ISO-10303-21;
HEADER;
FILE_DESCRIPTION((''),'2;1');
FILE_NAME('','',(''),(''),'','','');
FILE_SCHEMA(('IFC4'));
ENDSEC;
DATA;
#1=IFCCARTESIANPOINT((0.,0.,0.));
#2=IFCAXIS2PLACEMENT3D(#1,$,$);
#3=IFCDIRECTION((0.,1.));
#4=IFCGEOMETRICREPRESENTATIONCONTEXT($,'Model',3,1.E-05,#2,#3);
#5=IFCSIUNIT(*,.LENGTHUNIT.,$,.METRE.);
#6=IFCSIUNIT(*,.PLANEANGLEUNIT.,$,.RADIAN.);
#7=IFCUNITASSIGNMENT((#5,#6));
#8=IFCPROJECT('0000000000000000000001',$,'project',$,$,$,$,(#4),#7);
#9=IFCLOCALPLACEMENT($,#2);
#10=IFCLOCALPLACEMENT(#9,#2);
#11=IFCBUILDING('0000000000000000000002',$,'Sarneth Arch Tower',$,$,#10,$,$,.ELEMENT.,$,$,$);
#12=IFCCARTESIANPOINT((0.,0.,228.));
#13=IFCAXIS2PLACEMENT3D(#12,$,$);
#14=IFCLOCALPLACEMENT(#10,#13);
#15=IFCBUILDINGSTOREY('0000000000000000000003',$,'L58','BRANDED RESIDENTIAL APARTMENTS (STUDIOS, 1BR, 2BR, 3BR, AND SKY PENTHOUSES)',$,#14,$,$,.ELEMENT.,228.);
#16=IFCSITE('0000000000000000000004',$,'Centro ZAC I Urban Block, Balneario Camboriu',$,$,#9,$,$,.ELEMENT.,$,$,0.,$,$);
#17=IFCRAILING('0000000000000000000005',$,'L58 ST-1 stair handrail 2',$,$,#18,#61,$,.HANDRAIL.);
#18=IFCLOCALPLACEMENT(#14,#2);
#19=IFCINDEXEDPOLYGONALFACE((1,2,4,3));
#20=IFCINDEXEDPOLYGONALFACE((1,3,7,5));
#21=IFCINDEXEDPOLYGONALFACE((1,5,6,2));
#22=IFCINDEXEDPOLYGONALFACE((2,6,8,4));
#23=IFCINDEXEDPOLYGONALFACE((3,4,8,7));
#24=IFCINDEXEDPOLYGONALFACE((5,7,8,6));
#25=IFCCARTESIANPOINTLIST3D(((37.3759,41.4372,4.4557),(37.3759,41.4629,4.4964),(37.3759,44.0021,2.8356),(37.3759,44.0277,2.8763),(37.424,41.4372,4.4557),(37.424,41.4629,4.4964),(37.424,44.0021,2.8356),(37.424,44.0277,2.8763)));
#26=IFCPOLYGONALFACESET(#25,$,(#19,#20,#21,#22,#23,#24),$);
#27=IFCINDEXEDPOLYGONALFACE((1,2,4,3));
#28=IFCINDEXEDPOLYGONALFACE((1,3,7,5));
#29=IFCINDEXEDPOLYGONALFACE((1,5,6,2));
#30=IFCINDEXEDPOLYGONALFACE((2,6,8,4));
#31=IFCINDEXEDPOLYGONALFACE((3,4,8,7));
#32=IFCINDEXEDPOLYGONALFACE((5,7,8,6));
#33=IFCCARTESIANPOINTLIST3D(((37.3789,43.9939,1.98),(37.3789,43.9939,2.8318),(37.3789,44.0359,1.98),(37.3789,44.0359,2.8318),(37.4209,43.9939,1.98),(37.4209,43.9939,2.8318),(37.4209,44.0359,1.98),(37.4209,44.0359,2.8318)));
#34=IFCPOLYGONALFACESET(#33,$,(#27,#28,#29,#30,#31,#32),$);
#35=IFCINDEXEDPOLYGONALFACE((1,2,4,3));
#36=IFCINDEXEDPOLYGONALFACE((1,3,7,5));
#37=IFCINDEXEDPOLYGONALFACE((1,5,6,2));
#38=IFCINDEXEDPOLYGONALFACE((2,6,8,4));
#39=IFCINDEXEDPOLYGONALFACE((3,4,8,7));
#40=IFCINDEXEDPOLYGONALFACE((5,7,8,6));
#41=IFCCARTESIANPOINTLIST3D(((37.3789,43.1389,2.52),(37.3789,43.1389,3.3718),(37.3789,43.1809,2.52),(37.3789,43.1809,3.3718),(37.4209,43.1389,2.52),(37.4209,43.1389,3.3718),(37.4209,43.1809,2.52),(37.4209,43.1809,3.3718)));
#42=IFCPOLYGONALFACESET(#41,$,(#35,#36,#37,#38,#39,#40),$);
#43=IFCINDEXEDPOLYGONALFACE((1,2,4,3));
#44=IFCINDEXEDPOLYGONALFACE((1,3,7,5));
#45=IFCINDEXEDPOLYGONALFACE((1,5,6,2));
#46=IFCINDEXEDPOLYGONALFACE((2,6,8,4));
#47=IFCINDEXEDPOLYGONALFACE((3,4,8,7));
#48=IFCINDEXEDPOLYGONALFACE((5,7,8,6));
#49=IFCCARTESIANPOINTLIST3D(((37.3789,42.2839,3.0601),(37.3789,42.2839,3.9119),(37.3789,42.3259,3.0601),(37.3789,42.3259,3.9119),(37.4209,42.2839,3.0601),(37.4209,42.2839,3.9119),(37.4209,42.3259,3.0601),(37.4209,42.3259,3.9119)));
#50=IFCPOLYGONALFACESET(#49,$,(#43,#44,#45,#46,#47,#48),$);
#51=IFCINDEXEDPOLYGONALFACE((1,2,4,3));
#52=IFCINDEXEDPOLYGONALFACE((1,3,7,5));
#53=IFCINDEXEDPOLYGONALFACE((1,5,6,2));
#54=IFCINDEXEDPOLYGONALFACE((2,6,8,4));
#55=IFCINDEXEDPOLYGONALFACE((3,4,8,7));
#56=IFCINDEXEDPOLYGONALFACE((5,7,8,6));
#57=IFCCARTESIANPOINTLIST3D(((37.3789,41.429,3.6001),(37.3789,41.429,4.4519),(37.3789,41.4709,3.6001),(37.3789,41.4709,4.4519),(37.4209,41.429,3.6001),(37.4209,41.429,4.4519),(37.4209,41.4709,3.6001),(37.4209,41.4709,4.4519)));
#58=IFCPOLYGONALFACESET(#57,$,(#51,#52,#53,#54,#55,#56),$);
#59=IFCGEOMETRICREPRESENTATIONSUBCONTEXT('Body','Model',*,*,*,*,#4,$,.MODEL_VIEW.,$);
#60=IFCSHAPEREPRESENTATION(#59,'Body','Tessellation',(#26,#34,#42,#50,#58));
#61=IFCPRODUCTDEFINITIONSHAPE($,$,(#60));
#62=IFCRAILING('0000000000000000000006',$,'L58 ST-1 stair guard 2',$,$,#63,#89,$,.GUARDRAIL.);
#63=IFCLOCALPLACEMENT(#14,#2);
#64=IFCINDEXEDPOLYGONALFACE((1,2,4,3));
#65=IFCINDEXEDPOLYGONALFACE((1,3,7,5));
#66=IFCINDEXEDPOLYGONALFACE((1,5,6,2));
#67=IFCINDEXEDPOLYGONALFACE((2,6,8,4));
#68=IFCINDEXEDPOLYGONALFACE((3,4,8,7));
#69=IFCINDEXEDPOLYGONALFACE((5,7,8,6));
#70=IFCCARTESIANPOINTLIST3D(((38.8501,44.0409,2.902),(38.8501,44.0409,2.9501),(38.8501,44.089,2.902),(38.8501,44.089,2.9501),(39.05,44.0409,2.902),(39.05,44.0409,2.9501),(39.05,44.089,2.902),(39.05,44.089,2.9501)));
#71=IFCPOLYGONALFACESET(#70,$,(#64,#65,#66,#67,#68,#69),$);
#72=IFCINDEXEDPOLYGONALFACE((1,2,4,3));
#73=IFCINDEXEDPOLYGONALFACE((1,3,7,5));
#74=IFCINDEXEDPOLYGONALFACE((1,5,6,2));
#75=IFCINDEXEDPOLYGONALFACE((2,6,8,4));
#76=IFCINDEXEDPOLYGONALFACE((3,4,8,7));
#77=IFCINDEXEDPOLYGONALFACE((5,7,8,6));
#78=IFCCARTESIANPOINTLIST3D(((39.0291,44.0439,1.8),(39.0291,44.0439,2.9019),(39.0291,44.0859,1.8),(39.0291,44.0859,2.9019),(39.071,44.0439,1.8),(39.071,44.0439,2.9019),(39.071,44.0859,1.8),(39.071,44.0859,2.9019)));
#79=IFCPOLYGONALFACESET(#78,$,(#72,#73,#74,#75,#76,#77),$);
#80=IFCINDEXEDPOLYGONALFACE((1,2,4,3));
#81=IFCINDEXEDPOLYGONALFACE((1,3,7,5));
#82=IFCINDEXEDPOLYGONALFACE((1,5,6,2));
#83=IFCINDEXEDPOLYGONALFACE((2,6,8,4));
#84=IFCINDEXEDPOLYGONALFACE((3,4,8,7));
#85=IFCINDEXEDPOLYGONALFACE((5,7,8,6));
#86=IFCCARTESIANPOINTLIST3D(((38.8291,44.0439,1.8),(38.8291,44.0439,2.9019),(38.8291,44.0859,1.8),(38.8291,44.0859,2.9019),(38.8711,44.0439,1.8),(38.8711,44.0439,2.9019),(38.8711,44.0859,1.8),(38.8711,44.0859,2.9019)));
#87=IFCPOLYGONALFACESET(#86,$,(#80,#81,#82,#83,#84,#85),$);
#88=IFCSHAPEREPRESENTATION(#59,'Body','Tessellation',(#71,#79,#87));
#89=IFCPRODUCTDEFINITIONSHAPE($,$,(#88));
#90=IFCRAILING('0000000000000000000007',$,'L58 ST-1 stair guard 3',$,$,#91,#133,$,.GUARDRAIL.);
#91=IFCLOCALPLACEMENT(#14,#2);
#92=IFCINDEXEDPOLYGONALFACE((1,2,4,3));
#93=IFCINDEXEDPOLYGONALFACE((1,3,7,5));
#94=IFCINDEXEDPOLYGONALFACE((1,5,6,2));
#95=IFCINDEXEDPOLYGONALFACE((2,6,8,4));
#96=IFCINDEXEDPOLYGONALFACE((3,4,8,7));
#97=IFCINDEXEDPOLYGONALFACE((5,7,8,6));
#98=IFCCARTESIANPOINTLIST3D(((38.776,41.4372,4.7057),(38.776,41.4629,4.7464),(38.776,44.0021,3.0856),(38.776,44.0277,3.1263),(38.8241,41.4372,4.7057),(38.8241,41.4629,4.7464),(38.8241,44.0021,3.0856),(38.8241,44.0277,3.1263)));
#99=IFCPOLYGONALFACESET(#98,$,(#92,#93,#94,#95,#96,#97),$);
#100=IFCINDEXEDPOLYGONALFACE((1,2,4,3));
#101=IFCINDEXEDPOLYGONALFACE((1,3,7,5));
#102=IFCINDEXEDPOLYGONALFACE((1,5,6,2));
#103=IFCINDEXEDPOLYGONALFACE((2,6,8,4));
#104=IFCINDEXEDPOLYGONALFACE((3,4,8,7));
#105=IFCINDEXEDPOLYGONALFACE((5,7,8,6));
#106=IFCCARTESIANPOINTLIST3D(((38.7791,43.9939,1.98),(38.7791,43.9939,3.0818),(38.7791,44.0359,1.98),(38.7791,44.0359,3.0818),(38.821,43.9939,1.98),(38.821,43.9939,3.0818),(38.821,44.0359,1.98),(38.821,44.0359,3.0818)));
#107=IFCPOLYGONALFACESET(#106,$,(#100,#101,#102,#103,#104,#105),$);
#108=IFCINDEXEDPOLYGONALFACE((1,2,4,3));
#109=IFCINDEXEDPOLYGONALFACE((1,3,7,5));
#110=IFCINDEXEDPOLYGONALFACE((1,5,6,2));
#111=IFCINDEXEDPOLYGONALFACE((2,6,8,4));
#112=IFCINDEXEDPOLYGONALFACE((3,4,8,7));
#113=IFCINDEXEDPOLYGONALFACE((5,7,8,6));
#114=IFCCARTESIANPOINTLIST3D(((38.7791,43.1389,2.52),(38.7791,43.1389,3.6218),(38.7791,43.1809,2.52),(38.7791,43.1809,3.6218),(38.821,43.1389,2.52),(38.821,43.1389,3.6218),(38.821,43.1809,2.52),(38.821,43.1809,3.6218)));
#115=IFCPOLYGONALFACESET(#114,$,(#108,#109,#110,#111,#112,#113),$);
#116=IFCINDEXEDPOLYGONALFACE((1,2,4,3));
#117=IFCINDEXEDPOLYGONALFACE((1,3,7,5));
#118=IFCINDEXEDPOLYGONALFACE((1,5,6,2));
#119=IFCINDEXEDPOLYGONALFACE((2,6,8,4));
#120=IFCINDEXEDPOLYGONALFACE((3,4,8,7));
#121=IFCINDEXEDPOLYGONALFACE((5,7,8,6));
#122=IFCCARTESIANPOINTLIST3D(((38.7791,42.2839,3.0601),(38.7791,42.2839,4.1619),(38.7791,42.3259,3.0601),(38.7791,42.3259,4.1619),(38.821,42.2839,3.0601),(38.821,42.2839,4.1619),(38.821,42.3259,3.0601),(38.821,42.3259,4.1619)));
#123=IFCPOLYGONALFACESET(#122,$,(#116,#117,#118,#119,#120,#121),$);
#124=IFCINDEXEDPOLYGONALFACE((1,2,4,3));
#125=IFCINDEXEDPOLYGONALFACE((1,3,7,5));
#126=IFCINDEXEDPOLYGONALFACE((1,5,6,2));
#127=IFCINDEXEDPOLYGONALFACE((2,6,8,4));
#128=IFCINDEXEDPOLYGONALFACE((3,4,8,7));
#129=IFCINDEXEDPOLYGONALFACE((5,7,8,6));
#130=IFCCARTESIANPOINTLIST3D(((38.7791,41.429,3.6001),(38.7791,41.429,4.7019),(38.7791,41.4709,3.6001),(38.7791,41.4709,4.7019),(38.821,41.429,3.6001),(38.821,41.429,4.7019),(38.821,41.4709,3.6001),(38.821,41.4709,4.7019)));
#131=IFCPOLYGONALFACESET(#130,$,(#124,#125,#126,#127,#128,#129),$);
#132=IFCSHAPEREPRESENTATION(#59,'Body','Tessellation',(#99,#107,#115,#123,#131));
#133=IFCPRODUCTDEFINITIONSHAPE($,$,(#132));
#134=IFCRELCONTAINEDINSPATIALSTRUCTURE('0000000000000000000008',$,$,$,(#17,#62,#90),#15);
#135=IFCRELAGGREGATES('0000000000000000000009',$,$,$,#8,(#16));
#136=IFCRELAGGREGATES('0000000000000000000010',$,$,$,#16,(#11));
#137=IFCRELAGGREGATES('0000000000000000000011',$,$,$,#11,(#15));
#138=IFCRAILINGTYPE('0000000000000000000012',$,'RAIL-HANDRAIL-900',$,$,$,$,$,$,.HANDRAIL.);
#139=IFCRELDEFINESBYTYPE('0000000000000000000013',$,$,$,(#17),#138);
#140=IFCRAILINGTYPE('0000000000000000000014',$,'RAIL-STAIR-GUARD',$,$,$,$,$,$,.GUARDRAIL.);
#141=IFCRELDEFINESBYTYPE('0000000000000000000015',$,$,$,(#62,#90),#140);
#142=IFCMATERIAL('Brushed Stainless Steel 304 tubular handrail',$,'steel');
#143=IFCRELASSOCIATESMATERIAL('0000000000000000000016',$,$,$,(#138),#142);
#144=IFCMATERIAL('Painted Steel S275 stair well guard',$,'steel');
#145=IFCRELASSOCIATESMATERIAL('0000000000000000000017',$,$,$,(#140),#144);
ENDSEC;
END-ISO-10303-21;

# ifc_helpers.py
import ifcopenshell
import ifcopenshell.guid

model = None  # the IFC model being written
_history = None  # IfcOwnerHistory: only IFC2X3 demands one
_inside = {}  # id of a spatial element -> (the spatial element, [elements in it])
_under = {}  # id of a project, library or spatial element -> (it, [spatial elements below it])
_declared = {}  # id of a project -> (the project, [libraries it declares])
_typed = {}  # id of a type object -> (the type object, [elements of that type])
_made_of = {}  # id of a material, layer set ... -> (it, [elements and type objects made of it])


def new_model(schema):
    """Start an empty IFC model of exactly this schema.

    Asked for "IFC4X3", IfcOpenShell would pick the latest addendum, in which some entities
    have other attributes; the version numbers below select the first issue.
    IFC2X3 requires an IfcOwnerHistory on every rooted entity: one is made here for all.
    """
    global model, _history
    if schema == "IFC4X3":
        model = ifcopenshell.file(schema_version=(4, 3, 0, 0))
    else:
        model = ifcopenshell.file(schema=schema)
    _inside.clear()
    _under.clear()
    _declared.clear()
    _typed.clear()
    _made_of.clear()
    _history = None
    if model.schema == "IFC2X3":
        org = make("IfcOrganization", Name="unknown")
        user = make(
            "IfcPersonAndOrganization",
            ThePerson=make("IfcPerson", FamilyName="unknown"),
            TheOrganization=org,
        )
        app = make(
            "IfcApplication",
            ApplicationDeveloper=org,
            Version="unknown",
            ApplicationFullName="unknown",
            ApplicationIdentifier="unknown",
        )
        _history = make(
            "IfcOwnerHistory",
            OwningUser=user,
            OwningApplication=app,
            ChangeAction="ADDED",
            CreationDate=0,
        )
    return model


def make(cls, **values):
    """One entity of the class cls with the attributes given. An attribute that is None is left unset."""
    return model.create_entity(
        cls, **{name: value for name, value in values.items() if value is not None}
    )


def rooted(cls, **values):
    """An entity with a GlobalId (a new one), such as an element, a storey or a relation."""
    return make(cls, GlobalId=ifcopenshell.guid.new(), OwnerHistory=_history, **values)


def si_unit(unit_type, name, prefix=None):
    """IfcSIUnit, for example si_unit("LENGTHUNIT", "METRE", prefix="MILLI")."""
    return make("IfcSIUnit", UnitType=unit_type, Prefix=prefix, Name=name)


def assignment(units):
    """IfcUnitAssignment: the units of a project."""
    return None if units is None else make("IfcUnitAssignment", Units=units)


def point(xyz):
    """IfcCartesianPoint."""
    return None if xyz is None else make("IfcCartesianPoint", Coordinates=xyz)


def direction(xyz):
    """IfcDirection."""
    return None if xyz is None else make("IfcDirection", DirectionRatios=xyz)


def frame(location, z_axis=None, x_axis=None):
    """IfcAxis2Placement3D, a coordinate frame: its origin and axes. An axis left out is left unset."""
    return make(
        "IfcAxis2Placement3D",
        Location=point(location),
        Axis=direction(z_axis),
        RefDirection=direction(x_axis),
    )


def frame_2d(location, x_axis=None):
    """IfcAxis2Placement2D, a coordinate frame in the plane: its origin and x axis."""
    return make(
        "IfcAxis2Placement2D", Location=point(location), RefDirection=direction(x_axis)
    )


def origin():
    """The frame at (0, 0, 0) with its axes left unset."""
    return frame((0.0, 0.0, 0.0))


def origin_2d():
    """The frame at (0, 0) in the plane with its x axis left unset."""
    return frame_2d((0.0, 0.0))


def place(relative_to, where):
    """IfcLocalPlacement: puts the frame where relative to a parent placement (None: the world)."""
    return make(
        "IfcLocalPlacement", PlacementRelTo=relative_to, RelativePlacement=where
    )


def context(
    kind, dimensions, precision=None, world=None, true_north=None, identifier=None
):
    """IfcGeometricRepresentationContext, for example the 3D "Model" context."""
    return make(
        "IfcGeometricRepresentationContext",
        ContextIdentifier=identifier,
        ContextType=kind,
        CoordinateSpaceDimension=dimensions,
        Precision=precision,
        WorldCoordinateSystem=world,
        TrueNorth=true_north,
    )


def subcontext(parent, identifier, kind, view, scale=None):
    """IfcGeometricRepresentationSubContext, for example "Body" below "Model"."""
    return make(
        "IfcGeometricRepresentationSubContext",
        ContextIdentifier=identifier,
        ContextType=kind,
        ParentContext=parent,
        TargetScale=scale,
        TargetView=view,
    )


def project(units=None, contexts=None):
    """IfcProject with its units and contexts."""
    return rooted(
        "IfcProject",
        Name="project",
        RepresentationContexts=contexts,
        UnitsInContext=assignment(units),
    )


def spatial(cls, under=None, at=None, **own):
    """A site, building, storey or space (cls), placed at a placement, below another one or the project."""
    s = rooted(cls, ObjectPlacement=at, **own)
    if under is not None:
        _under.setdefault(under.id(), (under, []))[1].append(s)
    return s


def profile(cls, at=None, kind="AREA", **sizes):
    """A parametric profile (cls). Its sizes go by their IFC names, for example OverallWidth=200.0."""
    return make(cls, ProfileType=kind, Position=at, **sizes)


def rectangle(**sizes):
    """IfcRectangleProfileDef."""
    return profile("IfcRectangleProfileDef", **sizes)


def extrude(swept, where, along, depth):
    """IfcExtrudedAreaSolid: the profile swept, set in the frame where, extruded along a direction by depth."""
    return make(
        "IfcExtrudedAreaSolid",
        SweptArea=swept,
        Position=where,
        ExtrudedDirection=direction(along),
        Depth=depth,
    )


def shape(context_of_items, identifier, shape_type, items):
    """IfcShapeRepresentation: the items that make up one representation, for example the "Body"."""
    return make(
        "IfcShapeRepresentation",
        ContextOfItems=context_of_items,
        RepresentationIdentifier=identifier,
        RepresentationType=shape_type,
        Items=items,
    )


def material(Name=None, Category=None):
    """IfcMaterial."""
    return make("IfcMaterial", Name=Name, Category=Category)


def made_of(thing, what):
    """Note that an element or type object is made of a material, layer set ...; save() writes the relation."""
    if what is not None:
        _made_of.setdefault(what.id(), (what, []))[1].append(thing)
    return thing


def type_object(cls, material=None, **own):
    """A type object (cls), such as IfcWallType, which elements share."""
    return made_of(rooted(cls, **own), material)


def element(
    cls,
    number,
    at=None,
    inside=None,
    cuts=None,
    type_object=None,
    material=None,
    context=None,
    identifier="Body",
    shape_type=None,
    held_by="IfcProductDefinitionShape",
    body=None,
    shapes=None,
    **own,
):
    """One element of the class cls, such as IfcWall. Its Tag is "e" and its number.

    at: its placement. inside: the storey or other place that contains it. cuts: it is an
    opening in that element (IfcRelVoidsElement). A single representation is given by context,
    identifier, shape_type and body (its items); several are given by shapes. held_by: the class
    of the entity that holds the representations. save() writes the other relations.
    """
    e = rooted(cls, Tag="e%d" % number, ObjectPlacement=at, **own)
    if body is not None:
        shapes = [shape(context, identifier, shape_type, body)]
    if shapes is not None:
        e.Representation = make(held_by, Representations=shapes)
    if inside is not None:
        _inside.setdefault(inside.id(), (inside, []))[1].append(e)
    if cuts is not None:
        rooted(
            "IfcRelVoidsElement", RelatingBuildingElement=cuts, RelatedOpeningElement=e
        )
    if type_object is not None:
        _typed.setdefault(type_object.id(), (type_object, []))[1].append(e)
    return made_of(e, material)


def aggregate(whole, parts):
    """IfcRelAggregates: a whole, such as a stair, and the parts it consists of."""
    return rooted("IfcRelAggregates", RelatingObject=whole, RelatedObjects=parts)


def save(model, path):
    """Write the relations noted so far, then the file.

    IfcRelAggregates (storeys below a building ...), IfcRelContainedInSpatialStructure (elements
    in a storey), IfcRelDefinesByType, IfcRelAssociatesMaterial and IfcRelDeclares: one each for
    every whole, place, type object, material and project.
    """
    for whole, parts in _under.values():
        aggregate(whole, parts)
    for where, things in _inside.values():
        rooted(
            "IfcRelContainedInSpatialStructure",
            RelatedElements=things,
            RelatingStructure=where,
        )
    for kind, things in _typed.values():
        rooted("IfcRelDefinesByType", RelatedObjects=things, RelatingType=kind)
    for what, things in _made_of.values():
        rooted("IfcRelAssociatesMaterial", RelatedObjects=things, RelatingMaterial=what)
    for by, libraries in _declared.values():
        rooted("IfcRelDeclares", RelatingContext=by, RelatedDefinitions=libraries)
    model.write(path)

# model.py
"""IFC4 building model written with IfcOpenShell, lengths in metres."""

from ifc_helpers import new_model, si_unit, direction, frame, origin, origin_2d, place, context, subcontext, project, spatial, rectangle, extrude, material, type_object, element, save


model = new_model("IFC4")

# Units and contexts
model_context = context("Model", 3, precision=1e-05, world=origin(), true_north=direction((0.0, 1.0)))
body_context = subcontext(model_context, "Body", "Model", "MODEL_VIEW")
ifc_project = project(units=[si_unit("LENGTHUNIT", "METRE"), si_unit("PLANEANGLEUNIT", "RADIAN")], contexts=[model_context])

# Site, building, storey
site_placement = place(None, origin())
site = spatial("IfcSite", under=ifc_project, at=site_placement, Name="Centro ZAC I Urban Block, Balneario Camboriu", CompositionType="ELEMENT", RefElevation=0.0)
building_placement = place(site_placement, origin())
building = spatial("IfcBuilding", under=site, at=building_placement, Name="Sarneth Arch Tower", CompositionType="ELEMENT")
storey_placement = place(building_placement, frame((0.0, 0.0, 228.0)))
storey = spatial("IfcBuildingStorey", under=building, at=storey_placement, Name="L58", Description="BRANDED RESIDENTIAL APARTMENTS (STUDIOS, 1BR, 2BR, 3BR, AND SKY PENTHOUSES)", CompositionType="ELEMENT", Elevation=228.0)

# Railings
ifc_material_1 = material(Name="Brushed Stainless Steel 304 tubular handrail", Category="steel")
railing_type_1 = type_object("IfcRailingType", Name="RAIL-HANDRAIL-900", PredefinedType="HANDRAIL", material=ifc_material_1)
railing_1_placement = place(storey_placement, frame((37.3999, 44.0149, 1.98)))
element("IfcRailing", 1, at=railing_1_placement, inside=storey, type_object=railing_type_1, Name="L58 ST-1 stair handrail 2", PredefinedType="HANDRAIL", context=body_context, shape_type="SweptSolid", body=[
    extrude(rectangle(XDim=0.0481, YDim=0.0481, at=origin_2d()), frame((0.0, 0.0, 0.876), z_axis=(0.0, -0.845466, 0.534029), x_axis=(1.0, 0.0, 0.0)), (0.0, 0.0, 1.0), 3.0337),
    extrude(rectangle(XDim=0.042, YDim=0.042, at=origin_2d()), origin(), (0.0, 0.0, 1.0), 0.8518),
    extrude(rectangle(XDim=0.042, YDim=0.042, at=origin_2d()), frame((0.0, -0.855, 0.54)), (0.0, 0.0, 1.0), 0.8518),
    extrude(rectangle(XDim=0.042, YDim=0.042, at=origin_2d()), frame((0.0, -1.71, 1.0801)), (0.0, 0.0, 1.0), 0.8518),
    extrude(rectangle(XDim=0.042, YDim=0.042, at=origin_2d()), frame((0.0, -2.5649, 1.6201)), (0.0, 0.0, 1.0), 0.8518),
])
ifc_material_2 = material(Name="Painted Steel S275 stair well guard", Category="steel")
railing_type_2 = type_object("IfcRailingType", Name="RAIL-STAIR-GUARD", PredefinedType="GUARDRAIL", material=ifc_material_2)
railing_2_placement = place(storey_placement, frame((39.05, 44.0649, 1.8)))
element("IfcRailing", 2, at=railing_2_placement, inside=storey, type_object=railing_type_2, Name="L58 ST-1 stair guard 2", PredefinedType="GUARDRAIL", context=body_context, shape_type="SweptSolid", body=[
    extrude(rectangle(XDim=0.0481, YDim=0.0481, at=origin_2d()), frame((0.0, 0.0, 1.126), z_axis=(-1.0, 0.0, 0.0), x_axis=(0.0, -1.0, 0.0)), (0.0, 0.0, 1.0), 0.2),
    extrude(rectangle(XDim=0.042, YDim=0.042, at=origin_2d()), origin(), (0.0, 0.0, 1.0), 1.1018),
    extrude(rectangle(XDim=0.042, YDim=0.042, at=origin_2d()), frame((-0.2, 0.0, 0.0)), (0.0, 0.0, 1.0), 1.1018),
])
railing_3_placement = place(storey_placement, frame((38.8, 44.0149, 1.98)))
element("IfcRailing", 3, at=railing_3_placement, inside=storey, type_object=railing_type_2, Name="L58 ST-1 stair guard 3", PredefinedType="GUARDRAIL", context=body_context, shape_type="SweptSolid", body=[
    extrude(rectangle(XDim=0.0481, YDim=0.0481, at=origin_2d()), frame((0.0, 0.0, 1.126), z_axis=(0.0, -0.845466, 0.534029), x_axis=(1.0, 0.0, 0.0)), (0.0, 0.0, 1.0), 3.0337),
    extrude(rectangle(XDim=0.042, YDim=0.042, at=origin_2d()), origin(), (0.0, 0.0, 1.0), 1.1018),
    extrude(rectangle(XDim=0.042, YDim=0.042, at=origin_2d()), frame((0.0, -0.855, 0.54)), (0.0, 0.0, 1.0), 1.1018),
    extrude(rectangle(XDim=0.042, YDim=0.042, at=origin_2d()), frame((0.0, -1.71, 1.0801)), (0.0, 0.0, 1.0), 1.1018),
    extrude(rectangle(XDim=0.042, YDim=0.042, at=origin_2d()), frame((0.0, -2.5649, 1.6201)), (0.0, 0.0, 1.0), 1.1018),
])

save(model, "model.ifc")
